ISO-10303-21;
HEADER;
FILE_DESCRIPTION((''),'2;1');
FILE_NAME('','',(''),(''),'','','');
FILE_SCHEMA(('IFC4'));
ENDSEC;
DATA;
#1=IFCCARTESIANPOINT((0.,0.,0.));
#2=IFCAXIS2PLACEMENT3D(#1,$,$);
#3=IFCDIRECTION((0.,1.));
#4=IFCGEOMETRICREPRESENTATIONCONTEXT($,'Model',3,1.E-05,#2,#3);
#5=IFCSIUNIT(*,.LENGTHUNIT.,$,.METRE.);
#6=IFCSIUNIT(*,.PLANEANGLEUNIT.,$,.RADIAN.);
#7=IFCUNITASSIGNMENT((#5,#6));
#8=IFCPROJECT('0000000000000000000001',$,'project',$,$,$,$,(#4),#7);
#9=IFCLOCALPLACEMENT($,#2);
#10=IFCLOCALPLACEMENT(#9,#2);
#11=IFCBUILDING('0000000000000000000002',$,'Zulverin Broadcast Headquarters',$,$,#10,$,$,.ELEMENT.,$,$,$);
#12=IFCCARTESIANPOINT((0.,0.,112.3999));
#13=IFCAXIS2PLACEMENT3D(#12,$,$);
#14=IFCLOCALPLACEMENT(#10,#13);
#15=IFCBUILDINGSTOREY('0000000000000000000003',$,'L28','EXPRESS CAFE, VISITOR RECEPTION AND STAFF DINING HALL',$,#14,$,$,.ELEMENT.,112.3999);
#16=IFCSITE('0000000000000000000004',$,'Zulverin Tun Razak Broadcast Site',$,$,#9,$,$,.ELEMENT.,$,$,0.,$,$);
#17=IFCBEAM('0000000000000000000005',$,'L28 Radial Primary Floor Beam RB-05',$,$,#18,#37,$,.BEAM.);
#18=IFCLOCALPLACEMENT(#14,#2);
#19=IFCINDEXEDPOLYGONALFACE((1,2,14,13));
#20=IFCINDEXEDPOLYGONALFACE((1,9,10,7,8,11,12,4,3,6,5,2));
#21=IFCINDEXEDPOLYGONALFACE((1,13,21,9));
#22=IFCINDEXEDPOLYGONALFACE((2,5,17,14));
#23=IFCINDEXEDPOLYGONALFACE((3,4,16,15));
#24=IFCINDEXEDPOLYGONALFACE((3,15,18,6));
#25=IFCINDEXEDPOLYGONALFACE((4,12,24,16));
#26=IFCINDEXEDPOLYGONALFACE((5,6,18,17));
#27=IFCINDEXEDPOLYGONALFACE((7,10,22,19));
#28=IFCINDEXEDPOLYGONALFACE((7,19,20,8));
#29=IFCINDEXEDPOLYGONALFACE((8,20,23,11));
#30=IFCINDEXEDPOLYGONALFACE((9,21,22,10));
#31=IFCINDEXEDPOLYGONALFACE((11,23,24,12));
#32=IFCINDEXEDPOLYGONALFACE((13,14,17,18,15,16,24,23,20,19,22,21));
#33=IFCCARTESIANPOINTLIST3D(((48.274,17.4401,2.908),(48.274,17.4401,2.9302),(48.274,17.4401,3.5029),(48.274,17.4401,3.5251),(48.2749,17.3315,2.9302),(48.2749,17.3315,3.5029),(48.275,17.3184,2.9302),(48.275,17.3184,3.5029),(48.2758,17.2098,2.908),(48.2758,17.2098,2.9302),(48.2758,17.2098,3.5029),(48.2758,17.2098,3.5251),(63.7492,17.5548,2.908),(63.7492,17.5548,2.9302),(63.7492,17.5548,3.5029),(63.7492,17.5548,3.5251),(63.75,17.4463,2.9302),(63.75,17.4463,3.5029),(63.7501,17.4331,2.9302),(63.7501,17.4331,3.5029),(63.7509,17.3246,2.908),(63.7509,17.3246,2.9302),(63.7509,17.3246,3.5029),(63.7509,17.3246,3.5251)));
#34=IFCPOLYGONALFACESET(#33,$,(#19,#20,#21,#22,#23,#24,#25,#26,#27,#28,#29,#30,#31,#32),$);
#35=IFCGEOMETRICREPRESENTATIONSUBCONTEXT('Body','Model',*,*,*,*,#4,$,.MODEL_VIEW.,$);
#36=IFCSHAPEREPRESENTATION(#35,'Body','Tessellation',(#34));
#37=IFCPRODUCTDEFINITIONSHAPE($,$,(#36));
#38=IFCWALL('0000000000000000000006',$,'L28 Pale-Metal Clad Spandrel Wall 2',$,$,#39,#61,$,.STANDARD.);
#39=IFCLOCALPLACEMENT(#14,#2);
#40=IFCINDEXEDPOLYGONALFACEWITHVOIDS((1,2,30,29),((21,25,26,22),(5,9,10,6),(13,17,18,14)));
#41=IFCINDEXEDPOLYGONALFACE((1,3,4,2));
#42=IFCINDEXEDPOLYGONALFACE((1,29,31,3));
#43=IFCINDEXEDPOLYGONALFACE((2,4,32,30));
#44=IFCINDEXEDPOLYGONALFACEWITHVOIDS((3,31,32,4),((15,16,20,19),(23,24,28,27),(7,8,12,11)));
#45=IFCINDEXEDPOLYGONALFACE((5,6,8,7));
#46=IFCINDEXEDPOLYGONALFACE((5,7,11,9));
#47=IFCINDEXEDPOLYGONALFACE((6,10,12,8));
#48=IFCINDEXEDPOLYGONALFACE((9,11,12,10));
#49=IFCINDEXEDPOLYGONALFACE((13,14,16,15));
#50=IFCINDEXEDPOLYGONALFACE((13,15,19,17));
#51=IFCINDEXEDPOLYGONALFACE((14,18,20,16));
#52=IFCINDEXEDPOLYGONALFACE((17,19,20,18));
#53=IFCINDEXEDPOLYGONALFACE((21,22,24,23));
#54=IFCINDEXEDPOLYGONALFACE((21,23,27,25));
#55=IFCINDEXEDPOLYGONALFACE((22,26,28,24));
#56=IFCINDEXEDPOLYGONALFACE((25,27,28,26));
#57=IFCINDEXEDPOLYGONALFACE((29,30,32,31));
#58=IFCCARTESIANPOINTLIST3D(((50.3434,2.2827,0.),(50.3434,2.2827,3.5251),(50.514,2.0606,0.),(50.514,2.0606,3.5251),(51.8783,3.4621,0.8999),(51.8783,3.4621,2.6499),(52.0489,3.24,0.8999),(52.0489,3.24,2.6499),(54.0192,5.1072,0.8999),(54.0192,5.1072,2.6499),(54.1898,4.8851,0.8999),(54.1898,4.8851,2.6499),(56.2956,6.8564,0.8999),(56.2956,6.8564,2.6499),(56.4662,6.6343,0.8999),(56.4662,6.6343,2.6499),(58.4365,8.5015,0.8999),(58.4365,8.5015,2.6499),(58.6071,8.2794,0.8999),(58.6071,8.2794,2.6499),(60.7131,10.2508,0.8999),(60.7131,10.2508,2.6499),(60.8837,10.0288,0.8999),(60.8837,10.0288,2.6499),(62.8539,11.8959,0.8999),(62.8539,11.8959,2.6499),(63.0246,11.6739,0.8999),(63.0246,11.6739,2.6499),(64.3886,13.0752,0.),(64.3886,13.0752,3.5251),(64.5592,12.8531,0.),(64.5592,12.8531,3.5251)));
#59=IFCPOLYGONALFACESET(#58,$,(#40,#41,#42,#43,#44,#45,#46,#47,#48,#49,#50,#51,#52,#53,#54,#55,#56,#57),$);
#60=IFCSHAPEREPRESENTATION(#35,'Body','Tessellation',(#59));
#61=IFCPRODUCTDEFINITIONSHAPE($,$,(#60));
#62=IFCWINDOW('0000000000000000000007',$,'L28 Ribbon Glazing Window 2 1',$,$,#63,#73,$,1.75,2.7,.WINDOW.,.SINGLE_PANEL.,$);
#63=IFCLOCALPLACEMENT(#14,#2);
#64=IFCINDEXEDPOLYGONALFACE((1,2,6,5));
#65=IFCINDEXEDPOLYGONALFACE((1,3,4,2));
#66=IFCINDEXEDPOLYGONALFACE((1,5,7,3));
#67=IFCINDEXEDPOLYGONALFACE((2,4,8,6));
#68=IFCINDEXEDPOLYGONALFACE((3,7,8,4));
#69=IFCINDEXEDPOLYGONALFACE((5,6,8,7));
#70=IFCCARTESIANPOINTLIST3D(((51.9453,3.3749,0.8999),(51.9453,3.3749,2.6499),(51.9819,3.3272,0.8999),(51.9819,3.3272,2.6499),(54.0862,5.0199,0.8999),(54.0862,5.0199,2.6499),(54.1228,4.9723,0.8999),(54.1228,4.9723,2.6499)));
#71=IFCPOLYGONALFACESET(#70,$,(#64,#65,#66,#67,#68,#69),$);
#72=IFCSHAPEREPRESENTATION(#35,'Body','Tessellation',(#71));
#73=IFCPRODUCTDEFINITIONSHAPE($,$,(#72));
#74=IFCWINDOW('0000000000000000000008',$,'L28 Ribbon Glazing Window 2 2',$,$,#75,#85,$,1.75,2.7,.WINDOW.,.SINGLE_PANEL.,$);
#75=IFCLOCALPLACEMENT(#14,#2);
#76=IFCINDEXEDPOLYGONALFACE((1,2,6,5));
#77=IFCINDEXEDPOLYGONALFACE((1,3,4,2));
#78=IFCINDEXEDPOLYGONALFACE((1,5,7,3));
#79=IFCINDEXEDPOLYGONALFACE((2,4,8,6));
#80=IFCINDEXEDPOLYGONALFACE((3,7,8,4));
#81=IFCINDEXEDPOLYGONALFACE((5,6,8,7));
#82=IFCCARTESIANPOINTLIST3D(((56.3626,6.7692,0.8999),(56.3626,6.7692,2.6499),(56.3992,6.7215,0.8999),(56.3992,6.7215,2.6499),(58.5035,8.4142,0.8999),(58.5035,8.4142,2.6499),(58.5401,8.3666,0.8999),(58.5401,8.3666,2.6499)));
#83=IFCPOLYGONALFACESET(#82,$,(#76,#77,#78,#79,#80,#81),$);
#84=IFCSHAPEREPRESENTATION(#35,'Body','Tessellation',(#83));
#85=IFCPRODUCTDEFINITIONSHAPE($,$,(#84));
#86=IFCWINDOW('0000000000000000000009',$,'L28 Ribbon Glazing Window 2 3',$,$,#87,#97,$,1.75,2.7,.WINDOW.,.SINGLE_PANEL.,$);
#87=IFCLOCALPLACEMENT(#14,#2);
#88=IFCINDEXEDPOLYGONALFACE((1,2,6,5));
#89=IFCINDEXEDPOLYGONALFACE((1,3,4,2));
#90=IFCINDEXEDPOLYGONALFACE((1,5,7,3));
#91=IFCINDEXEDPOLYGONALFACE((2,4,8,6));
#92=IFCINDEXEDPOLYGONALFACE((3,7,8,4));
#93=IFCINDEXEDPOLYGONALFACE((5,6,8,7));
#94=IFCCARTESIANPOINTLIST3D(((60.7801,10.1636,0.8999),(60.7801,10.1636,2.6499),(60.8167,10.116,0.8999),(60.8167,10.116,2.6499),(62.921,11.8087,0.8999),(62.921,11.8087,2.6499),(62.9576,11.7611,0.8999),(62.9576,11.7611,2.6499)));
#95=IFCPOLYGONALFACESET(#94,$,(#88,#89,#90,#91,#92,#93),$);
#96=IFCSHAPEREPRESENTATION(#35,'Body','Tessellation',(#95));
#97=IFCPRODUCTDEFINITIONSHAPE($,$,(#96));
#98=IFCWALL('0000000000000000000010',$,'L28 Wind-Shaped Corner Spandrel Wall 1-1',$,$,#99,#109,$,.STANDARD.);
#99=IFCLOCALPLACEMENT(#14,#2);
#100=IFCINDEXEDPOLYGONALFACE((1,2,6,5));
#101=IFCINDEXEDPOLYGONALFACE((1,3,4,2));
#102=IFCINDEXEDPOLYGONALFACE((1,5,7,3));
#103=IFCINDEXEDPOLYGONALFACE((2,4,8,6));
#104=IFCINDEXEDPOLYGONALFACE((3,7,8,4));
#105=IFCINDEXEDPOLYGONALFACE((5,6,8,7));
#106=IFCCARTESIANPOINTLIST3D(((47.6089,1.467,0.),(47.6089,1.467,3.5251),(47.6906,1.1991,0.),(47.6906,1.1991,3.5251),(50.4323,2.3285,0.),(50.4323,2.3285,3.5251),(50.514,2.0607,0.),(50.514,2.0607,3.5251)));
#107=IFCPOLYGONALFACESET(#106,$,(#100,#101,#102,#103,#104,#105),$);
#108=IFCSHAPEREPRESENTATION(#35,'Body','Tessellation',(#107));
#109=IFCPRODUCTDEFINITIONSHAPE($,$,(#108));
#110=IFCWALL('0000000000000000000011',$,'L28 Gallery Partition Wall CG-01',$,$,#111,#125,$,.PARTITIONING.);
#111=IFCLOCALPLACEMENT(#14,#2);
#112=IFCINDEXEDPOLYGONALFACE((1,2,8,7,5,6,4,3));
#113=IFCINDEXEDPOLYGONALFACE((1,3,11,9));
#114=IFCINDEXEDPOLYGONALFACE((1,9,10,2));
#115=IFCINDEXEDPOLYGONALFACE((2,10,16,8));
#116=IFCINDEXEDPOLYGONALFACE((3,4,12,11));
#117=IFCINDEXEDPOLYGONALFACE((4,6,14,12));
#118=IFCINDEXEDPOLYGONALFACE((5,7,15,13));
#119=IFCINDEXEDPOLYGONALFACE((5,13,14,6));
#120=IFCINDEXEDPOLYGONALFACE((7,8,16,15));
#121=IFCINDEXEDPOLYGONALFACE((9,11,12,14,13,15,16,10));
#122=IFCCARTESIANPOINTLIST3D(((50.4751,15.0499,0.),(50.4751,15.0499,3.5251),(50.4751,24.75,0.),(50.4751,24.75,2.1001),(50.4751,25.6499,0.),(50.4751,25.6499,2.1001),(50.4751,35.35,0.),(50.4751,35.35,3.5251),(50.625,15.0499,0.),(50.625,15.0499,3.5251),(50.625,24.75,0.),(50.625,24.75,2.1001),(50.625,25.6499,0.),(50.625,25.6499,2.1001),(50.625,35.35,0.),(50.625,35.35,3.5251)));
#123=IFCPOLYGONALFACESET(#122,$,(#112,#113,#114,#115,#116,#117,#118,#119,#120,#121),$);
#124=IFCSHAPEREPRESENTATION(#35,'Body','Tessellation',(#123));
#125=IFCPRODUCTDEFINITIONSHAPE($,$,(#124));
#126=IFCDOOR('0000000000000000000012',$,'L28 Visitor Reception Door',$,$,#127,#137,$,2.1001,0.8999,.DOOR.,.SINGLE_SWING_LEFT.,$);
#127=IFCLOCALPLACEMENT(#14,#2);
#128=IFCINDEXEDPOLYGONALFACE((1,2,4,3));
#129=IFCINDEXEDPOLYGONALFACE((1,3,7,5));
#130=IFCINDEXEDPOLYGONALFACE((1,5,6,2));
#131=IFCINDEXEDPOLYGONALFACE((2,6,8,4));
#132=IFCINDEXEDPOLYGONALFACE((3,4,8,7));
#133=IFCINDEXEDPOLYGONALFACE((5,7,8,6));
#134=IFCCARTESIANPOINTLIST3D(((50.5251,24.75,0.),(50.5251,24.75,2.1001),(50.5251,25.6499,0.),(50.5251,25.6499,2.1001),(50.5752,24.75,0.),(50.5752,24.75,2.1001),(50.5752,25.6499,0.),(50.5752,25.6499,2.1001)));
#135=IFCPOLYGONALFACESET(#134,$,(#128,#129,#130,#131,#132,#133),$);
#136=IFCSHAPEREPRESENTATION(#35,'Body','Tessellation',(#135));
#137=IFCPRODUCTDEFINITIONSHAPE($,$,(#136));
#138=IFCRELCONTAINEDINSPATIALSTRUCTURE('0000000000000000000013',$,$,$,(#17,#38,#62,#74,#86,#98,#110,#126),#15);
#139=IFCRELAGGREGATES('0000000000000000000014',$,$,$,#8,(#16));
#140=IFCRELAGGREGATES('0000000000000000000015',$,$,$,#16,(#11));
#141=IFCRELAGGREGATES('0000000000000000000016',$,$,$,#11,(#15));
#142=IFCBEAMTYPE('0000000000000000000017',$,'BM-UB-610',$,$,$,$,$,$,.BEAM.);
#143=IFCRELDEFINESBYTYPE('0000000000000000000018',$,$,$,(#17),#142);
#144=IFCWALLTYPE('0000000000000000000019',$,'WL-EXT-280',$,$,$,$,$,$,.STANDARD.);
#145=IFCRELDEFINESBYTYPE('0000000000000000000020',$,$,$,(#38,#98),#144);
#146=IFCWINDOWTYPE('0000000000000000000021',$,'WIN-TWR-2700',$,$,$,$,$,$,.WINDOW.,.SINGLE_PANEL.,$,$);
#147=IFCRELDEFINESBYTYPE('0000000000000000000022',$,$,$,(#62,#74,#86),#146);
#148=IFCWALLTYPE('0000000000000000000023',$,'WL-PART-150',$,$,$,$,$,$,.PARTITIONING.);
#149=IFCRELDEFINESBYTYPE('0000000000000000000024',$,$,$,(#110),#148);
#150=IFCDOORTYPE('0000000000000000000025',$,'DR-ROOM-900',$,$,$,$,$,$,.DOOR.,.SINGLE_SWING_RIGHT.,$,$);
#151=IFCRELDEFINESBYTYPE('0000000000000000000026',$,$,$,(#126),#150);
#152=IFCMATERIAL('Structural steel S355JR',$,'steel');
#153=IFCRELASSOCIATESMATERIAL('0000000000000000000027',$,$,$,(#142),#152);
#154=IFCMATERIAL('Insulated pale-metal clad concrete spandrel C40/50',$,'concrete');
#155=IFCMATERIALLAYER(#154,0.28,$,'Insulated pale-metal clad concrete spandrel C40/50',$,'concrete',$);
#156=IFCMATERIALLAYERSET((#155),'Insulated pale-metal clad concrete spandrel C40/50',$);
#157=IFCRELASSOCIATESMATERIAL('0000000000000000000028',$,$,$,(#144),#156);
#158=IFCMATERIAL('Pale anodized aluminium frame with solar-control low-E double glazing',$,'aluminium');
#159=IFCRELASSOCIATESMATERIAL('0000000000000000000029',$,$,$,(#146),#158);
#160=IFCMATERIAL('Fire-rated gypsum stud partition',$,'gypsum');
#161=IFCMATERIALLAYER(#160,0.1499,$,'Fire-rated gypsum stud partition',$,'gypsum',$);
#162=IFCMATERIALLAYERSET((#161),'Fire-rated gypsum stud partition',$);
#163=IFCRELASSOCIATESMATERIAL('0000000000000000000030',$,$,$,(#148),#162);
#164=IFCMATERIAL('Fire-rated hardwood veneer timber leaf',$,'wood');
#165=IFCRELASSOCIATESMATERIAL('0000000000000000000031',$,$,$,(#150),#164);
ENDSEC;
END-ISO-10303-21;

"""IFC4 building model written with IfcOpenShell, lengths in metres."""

from ifc_helpers import new_model, si_unit, direction, frame, frame_2d, origin, origin_2d, place, context, subcontext, project, spatial, rectangle, i_section, extrude, material, layer, layer_set, material_profile, profile_set, type_object, element, fill, save


model = new_model("IFC4")

# Units and contexts
model_context = context("Model", 3, precision=1e-05, world=origin(), true_north=direction((0.0, 1.0)))
body_context = subcontext(model_context, "Body", "Model", "MODEL_VIEW")
ifc_project = project(units=[si_unit("LENGTHUNIT", "METRE"), si_unit("PLANEANGLEUNIT", "RADIAN")], contexts=[model_context])

# Site, building, storey
site_placement = place(None, origin())
site = spatial("IfcSite", under=ifc_project, at=site_placement, Name="Zulverin Tun Razak Broadcast Site", CompositionType="ELEMENT", RefElevation=0.0)
building_placement = place(site_placement, origin())
building = spatial("IfcBuilding", under=site, at=building_placement, Name="Zulverin Broadcast Headquarters", CompositionType="ELEMENT")
storey_placement = place(building_placement, frame((0.0, 0.0, 112.3999)))
storey = spatial("IfcBuildingStorey", under=building, at=storey_placement, Name="L28", Description="EXPRESS CAFE, VISITOR RECEPTION AND STAFF DINING HALL", CompositionType="ELEMENT", Elevation=112.3999)

# Beam
ifc_material_1 = material(Name="Structural steel S355JR", Category="steel")
ifc_material_profile_1 = material_profile(ifc_material_1, i_section(OverallWidth=0.2302, OverallDepth=0.6172, WebThickness=0.0132, FlangeThickness=0.0222, at=origin_2d()), Name="Structural steel S355JR", Category="steel")
ifc_profile_set_1 = profile_set([ifc_material_profile_1], Name="Structural steel S355JR")
beam_type_1 = type_object("IfcBeamType", Name="BM-UB-610", PredefinedType="BEAM", material=ifc_profile_set_1)
beam_1_placement = place(storey_placement, frame((48.2749, 17.325, 3.2166), z_axis=(0.999973, 0.007415, 0.0), x_axis=(-0.007415, 0.999973, 0.0)))
element("IfcBeam", 1, at=beam_1_placement, inside=storey, type_object=beam_type_1, Name="L28 Radial Primary Floor Beam RB-05", PredefinedType="BEAM", context=body_context, shape_type="SweptSolid", body=[
    extrude(i_section(OverallWidth=0.2302, OverallDepth=0.6172, WebThickness=0.0132, FlangeThickness=0.0222, at=origin_2d()), origin(), (0.0, 0.0, 1.0), 15.4756),
])

# Wall, openings, windows
ifc_material_2 = material(Name="Insulated pale-metal clad concrete spandrel C40/50", Category="concrete")
ifc_layer_1 = layer(ifc_material_2, 0.28, Name="Insulated pale-metal clad concrete spandrel C40/50", Category="concrete")
ifc_layer_set_1 = layer_set([ifc_layer_1], Name="Insulated pale-metal clad concrete spandrel C40/50")
wall_type_1 = type_object("IfcWallType", Name="WL-EXT-280", PredefinedType="STANDARD", material=ifc_layer_set_1)
wall_1_placement = place(storey_placement, frame((50.4287, 2.1716, 0.0), z_axis=(0.0, 0.0, 1.0), x_axis=(0.792937, 0.609303, 0.0)))
wall_1 = element("IfcWall", 2, at=wall_1_placement, inside=storey, type_object=wall_type_1, Name="L28 Pale-Metal Clad Spandrel Wall 2", PredefinedType="STANDARD", context=body_context, shape_type="SweptSolid", body=[
    extrude(rectangle(XDim=17.7129, YDim=0.28, at=frame_2d((8.8564, 0.0))), origin(), (0.0, 0.0, 1.0), 3.5251),
])
opening_1_placement = place(wall_1_placement, frame((1.9355, 0.0, 0.8999)))
opening_1 = element("IfcOpeningElement", 3, at=opening_1_placement, cuts=wall_1, PredefinedType="OPENING", context=body_context, shape_type="SweptSolid", body=[
    extrude(rectangle(XDim=2.7, YDim=1.75, at=frame_2d((1.3501, 0.875))), frame((0.0, 0.1499, 0.0), z_axis=(0.0, -1.0, 0.0), x_axis=(1.0, 0.0, 0.0)), (0.0, 0.0, 1.0), 0.3),
])
opening_2_placement = place(wall_1_placement, frame((7.5063, 0.0, 0.8999)))
opening_2 = element("IfcOpeningElement", 4, at=opening_2_placement, cuts=wall_1, PredefinedType="OPENING", context=body_context, shape_type="SweptSolid", body=[
    extrude(rectangle(XDim=2.7, YDim=1.75, at=frame_2d((1.3501, 0.875))), frame((0.0, 0.1499, 0.0), z_axis=(0.0, -1.0, 0.0), x_axis=(1.0, 0.0, 0.0)), (0.0, 0.0, 1.0), 0.3),
])
opening_3_placement = place(wall_1_placement, frame((13.0774, 0.0, 0.8999)))
opening_3 = element("IfcOpeningElement", 5, at=opening_3_placement, cuts=wall_1, PredefinedType="OPENING", context=body_context, shape_type="SweptSolid", body=[
    extrude(rectangle(XDim=2.7, YDim=1.75, at=frame_2d((1.3501, 0.875))), frame((0.0, 0.1499, 0.0), z_axis=(0.0, -1.0, 0.0), x_axis=(1.0, 0.0, 0.0)), (0.0, 0.0, 1.0), 0.3),
])
ifc_material_3 = material(Name="Pale anodized aluminium frame with solar-control low-E double glazing", Category="aluminium")
window_type = type_object("IfcWindowType", Name="WIN-TWR-2700", PartitioningType="SINGLE_PANEL", PredefinedType="WINDOW", material=ifc_material_3)
window_1_placement = place(opening_1_placement, origin())
window_1 = element("IfcWindow", 6, at=window_1_placement, inside=storey, type_object=window_type, Name="L28 Ribbon Glazing Window 2 1", OverallHeight=1.75, OverallWidth=2.7, PartitioningType="SINGLE_PANEL", PredefinedType="WINDOW", context=body_context, shape_type="SweptSolid", body=[
    extrude(rectangle(XDim=2.7, YDim=1.75, at=frame_2d((1.3501, 0.875))), frame((0.0, 0.03, 0.0), z_axis=(0.0, -1.0, 0.0), x_axis=(1.0, 0.0, 0.0)), (0.0, 0.0, 1.0), 0.0601),
])
fill(opening_1, window_1)
window_2_placement = place(opening_2_placement, origin())
window_2 = element("IfcWindow", 7, at=window_2_placement, inside=storey, type_object=window_type, Name="L28 Ribbon Glazing Window 2 2", OverallHeight=1.75, OverallWidth=2.7, PartitioningType="SINGLE_PANEL", PredefinedType="WINDOW", context=body_context, shape_type="SweptSolid", body=[
    extrude(rectangle(XDim=2.7, YDim=1.75, at=frame_2d((1.3501, 0.875))), frame((0.0, 0.03, 0.0), z_axis=(0.0, -1.0, 0.0), x_axis=(1.0, 0.0, 0.0)), (0.0, 0.0, 1.0), 0.0601),
])
fill(opening_2, window_2)
window_3_placement = place(opening_3_placement, origin())
window_3 = element("IfcWindow", 8, at=window_3_placement, inside=storey, type_object=window_type, Name="L28 Ribbon Glazing Window 2 3", OverallHeight=1.75, OverallWidth=2.7, PartitioningType="SINGLE_PANEL", PredefinedType="WINDOW", context=body_context, shape_type="SweptSolid", body=[
    extrude(rectangle(XDim=2.7, YDim=1.75, at=frame_2d((1.3501, 0.875))), frame((0.0, 0.03, 0.0), z_axis=(0.0, -1.0, 0.0), x_axis=(1.0, 0.0, 0.0)), (0.0, 0.0, 1.0), 0.0601),
])
fill(opening_3, window_3)

# Wall
wall_2_placement = place(storey_placement, frame((47.6497, 1.333, 0.0), z_axis=(0.0, 0.0, 1.0), x_axis=(0.956461, 0.291859, 0.0)))
element("IfcWall", 9, at=wall_2_placement, inside=storey, type_object=wall_type_1, Name="L28 Wind-Shaped Corner Spandrel Wall 1-1", PredefinedType="STANDARD", context=body_context, shape_type="SweptSolid", body=[
    extrude(rectangle(XDim=2.9519, YDim=0.28, at=frame_2d((1.4761, 0.0))), origin(), (0.0, 0.0, 1.0), 3.5251),
])

# Wall, opening, door
ifc_material_4 = material(Name="Fire-rated gypsum stud partition", Category="gypsum")
ifc_layer_2 = layer(ifc_material_4, 0.1499, Name="Fire-rated gypsum stud partition", Category="gypsum")
ifc_layer_set_2 = layer_set([ifc_layer_2], Name="Fire-rated gypsum stud partition")
wall_type_2 = type_object("IfcWallType", Name="WL-PART-150", PredefinedType="PARTITIONING", material=ifc_layer_set_2)
wall_3_placement = place(storey_placement, frame((50.55, 15.05, 0.0), z_axis=(0.0, 0.0, 1.0), x_axis=(0.0, 1.0, 0.0)))
wall_3 = element("IfcWall", 10, at=wall_3_placement, inside=storey, type_object=wall_type_2, Name="L28 Gallery Partition Wall CG-01", PredefinedType="PARTITIONING", context=body_context, shape_type="SweptSolid", body=[
    extrude(rectangle(XDim=20.3, YDim=0.1499, at=frame_2d((10.1499, 0.0))), origin(), (0.0, 0.0, 1.0), 3.5251),
])
opening_4_placement = place(wall_3_placement, frame((9.7, 0.0, 0.0)))
opening_4 = element("IfcOpeningElement", 11, at=opening_4_placement, cuts=wall_3, PredefinedType="OPENING", context=body_context, shape_type="SweptSolid", body=[
    extrude(rectangle(XDim=0.8999, YDim=2.1001, at=frame_2d((0.45, 1.05))), frame((0.0, 0.085, 0.0), z_axis=(0.0, -1.0, 0.0), x_axis=(1.0, 0.0, 0.0)), (0.0, 0.0, 1.0), 0.1699),
])
ifc_material_5 = material(Name="Fire-rated hardwood veneer timber leaf", Category="wood")
door_type_1 = type_object("IfcDoorType", Name="DR-ROOM-900", OperationType="SINGLE_SWING_RIGHT", PredefinedType="DOOR", material=ifc_material_5)
door_1_placement = place(opening_4_placement, origin())
door_1 = element("IfcDoor", 12, at=door_1_placement, inside=storey, type_object=door_type_1, Name="L28 Visitor Reception Door", OperationType="SINGLE_SWING_LEFT", OverallHeight=2.1001, OverallWidth=0.8999, PredefinedType="DOOR", context=body_context, shape_type="SweptSolid", body=[
    extrude(rectangle(XDim=0.8999, YDim=2.1001, at=frame_2d((0.45, 1.05))), frame((0.0, 0.0249, 0.0), z_axis=(0.0, -1.0, 0.0), x_axis=(1.0, 0.0, 0.0)), (0.0, 0.0, 1.0), 0.05),
])
fill(opening_4, door_1)

save(model, "model.ifc")
